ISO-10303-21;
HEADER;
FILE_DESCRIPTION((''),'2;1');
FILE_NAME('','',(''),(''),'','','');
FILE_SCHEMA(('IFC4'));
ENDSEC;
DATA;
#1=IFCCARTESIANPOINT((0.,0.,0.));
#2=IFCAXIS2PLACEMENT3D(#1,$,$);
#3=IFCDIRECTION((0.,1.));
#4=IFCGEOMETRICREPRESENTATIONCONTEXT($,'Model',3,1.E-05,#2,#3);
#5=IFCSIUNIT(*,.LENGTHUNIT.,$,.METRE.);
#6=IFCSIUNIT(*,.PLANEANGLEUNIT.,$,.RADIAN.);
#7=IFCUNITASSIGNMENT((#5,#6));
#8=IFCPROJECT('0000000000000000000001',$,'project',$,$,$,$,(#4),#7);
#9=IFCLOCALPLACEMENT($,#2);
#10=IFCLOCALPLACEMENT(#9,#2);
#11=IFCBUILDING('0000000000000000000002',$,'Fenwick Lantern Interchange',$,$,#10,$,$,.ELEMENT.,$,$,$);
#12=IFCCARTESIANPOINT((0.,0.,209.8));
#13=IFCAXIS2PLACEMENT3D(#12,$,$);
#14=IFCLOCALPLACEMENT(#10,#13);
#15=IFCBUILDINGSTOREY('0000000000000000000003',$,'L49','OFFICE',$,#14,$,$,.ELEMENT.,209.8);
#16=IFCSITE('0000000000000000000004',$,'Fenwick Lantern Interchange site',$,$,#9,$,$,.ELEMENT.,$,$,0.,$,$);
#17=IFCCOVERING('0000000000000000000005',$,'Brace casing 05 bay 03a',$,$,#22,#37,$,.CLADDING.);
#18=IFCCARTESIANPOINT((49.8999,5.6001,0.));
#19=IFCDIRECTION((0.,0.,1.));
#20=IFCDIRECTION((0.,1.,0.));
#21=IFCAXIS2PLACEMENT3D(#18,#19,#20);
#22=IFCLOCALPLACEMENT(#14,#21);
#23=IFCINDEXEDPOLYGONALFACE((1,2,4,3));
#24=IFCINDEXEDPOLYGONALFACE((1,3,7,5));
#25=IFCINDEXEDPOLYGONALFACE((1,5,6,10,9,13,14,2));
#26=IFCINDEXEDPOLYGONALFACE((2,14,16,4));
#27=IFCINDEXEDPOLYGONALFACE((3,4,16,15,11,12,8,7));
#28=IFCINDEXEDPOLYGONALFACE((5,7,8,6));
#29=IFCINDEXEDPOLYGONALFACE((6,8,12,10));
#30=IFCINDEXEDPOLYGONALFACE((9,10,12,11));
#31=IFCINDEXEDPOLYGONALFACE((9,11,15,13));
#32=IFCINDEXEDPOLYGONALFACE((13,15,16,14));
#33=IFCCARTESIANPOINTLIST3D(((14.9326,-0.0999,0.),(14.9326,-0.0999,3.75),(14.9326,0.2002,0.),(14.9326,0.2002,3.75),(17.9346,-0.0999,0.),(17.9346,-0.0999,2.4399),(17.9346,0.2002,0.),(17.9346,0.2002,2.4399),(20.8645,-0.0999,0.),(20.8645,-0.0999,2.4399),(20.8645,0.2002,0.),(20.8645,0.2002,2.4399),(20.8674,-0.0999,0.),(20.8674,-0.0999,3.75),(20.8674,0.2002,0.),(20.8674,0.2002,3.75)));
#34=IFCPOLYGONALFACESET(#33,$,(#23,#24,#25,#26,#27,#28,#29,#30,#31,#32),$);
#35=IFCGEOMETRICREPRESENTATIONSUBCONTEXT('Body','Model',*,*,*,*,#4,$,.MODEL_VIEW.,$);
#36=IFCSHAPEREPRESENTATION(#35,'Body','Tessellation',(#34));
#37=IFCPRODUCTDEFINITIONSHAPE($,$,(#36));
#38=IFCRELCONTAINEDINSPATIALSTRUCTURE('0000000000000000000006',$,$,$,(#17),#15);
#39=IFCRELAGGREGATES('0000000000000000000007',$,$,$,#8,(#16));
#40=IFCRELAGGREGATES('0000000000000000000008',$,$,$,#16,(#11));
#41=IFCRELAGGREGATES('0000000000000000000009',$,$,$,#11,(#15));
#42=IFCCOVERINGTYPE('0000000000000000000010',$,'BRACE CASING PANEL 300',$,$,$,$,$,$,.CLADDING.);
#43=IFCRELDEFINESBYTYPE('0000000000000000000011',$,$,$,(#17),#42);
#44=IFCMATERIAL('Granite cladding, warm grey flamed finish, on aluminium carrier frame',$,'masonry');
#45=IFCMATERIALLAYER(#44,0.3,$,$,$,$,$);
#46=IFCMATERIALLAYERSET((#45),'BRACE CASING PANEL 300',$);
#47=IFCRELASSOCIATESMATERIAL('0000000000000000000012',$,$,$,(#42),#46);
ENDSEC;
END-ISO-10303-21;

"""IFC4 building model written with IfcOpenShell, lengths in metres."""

from ifc_helpers import new_model, si_unit, direction, frame, origin, place, context, subcontext, project, spatial, polyline, outline, extrude, material, layer, layer_set, type_object, element, save


model = new_model("IFC4")

# Units and contexts
model_context = context("Model", 3, precision=1e-05, world=origin(), true_north=direction((0.0, 1.0)))
body_context = subcontext(model_context, "Body", "Model", "MODEL_VIEW")
ifc_project = project(units=[si_unit("LENGTHUNIT", "METRE"), si_unit("PLANEANGLEUNIT", "RADIAN")], contexts=[model_context])

# Site, building, storey
site_placement = place(None, origin())
site = spatial("IfcSite", under=ifc_project, at=site_placement, Name="Fenwick Lantern Interchange site", CompositionType="ELEMENT", RefElevation=0.0)
building_placement = place(site_placement, origin())
building = spatial("IfcBuilding", under=site, at=building_placement, Name="Fenwick Lantern Interchange", CompositionType="ELEMENT")
storey_placement = place(building_placement, frame((0.0, 0.0, 209.8)))
storey = spatial("IfcBuildingStorey", under=building, at=storey_placement, Name="L49", Description="OFFICE", CompositionType="ELEMENT", Elevation=209.8)

# Covering
ifc_material_1 = material(Name="Granite cladding, warm grey flamed finish, on aluminium carrier frame", Category="masonry")
ifc_layer_1 = layer(ifc_material_1, 0.3)
ifc_layer_set_1 = layer_set([ifc_layer_1], Name="BRACE CASING PANEL 300")
covering_type = type_object("IfcCoveringType", Name="BRACE CASING PANEL 300", PredefinedType="CLADDING", material=ifc_layer_set_1)
covering_1_placement = place(storey_placement, frame((49.8999, 5.6001, 0.0), z_axis=(0.0, 0.0, 1.0), x_axis=(0.0, 1.0, 0.0)))
element("IfcCovering", 1, at=covering_1_placement, inside=storey, type_object=covering_type, Name="Brace casing 05 bay 03a", PredefinedType="CLADDING", context=body_context, shape_type="SweptSolid", body=[
    extrude(outline(polyline([(14.9326, 0.0), (17.9346, 0.0), (17.9346, 2.4399), (20.8645, 2.4399), (20.8645, 0.0), (20.8674, 0.0), (20.8674, 3.75), (14.9326, 3.75), (14.9326, 0.0)])), frame((0.0, 0.2002, 0.0), z_axis=(0.0, -1.0, 0.0), x_axis=(1.0, 0.0, 0.0)), (0.0, 0.0, 1.0), 0.3),
])

save(model, "model.ifc")
